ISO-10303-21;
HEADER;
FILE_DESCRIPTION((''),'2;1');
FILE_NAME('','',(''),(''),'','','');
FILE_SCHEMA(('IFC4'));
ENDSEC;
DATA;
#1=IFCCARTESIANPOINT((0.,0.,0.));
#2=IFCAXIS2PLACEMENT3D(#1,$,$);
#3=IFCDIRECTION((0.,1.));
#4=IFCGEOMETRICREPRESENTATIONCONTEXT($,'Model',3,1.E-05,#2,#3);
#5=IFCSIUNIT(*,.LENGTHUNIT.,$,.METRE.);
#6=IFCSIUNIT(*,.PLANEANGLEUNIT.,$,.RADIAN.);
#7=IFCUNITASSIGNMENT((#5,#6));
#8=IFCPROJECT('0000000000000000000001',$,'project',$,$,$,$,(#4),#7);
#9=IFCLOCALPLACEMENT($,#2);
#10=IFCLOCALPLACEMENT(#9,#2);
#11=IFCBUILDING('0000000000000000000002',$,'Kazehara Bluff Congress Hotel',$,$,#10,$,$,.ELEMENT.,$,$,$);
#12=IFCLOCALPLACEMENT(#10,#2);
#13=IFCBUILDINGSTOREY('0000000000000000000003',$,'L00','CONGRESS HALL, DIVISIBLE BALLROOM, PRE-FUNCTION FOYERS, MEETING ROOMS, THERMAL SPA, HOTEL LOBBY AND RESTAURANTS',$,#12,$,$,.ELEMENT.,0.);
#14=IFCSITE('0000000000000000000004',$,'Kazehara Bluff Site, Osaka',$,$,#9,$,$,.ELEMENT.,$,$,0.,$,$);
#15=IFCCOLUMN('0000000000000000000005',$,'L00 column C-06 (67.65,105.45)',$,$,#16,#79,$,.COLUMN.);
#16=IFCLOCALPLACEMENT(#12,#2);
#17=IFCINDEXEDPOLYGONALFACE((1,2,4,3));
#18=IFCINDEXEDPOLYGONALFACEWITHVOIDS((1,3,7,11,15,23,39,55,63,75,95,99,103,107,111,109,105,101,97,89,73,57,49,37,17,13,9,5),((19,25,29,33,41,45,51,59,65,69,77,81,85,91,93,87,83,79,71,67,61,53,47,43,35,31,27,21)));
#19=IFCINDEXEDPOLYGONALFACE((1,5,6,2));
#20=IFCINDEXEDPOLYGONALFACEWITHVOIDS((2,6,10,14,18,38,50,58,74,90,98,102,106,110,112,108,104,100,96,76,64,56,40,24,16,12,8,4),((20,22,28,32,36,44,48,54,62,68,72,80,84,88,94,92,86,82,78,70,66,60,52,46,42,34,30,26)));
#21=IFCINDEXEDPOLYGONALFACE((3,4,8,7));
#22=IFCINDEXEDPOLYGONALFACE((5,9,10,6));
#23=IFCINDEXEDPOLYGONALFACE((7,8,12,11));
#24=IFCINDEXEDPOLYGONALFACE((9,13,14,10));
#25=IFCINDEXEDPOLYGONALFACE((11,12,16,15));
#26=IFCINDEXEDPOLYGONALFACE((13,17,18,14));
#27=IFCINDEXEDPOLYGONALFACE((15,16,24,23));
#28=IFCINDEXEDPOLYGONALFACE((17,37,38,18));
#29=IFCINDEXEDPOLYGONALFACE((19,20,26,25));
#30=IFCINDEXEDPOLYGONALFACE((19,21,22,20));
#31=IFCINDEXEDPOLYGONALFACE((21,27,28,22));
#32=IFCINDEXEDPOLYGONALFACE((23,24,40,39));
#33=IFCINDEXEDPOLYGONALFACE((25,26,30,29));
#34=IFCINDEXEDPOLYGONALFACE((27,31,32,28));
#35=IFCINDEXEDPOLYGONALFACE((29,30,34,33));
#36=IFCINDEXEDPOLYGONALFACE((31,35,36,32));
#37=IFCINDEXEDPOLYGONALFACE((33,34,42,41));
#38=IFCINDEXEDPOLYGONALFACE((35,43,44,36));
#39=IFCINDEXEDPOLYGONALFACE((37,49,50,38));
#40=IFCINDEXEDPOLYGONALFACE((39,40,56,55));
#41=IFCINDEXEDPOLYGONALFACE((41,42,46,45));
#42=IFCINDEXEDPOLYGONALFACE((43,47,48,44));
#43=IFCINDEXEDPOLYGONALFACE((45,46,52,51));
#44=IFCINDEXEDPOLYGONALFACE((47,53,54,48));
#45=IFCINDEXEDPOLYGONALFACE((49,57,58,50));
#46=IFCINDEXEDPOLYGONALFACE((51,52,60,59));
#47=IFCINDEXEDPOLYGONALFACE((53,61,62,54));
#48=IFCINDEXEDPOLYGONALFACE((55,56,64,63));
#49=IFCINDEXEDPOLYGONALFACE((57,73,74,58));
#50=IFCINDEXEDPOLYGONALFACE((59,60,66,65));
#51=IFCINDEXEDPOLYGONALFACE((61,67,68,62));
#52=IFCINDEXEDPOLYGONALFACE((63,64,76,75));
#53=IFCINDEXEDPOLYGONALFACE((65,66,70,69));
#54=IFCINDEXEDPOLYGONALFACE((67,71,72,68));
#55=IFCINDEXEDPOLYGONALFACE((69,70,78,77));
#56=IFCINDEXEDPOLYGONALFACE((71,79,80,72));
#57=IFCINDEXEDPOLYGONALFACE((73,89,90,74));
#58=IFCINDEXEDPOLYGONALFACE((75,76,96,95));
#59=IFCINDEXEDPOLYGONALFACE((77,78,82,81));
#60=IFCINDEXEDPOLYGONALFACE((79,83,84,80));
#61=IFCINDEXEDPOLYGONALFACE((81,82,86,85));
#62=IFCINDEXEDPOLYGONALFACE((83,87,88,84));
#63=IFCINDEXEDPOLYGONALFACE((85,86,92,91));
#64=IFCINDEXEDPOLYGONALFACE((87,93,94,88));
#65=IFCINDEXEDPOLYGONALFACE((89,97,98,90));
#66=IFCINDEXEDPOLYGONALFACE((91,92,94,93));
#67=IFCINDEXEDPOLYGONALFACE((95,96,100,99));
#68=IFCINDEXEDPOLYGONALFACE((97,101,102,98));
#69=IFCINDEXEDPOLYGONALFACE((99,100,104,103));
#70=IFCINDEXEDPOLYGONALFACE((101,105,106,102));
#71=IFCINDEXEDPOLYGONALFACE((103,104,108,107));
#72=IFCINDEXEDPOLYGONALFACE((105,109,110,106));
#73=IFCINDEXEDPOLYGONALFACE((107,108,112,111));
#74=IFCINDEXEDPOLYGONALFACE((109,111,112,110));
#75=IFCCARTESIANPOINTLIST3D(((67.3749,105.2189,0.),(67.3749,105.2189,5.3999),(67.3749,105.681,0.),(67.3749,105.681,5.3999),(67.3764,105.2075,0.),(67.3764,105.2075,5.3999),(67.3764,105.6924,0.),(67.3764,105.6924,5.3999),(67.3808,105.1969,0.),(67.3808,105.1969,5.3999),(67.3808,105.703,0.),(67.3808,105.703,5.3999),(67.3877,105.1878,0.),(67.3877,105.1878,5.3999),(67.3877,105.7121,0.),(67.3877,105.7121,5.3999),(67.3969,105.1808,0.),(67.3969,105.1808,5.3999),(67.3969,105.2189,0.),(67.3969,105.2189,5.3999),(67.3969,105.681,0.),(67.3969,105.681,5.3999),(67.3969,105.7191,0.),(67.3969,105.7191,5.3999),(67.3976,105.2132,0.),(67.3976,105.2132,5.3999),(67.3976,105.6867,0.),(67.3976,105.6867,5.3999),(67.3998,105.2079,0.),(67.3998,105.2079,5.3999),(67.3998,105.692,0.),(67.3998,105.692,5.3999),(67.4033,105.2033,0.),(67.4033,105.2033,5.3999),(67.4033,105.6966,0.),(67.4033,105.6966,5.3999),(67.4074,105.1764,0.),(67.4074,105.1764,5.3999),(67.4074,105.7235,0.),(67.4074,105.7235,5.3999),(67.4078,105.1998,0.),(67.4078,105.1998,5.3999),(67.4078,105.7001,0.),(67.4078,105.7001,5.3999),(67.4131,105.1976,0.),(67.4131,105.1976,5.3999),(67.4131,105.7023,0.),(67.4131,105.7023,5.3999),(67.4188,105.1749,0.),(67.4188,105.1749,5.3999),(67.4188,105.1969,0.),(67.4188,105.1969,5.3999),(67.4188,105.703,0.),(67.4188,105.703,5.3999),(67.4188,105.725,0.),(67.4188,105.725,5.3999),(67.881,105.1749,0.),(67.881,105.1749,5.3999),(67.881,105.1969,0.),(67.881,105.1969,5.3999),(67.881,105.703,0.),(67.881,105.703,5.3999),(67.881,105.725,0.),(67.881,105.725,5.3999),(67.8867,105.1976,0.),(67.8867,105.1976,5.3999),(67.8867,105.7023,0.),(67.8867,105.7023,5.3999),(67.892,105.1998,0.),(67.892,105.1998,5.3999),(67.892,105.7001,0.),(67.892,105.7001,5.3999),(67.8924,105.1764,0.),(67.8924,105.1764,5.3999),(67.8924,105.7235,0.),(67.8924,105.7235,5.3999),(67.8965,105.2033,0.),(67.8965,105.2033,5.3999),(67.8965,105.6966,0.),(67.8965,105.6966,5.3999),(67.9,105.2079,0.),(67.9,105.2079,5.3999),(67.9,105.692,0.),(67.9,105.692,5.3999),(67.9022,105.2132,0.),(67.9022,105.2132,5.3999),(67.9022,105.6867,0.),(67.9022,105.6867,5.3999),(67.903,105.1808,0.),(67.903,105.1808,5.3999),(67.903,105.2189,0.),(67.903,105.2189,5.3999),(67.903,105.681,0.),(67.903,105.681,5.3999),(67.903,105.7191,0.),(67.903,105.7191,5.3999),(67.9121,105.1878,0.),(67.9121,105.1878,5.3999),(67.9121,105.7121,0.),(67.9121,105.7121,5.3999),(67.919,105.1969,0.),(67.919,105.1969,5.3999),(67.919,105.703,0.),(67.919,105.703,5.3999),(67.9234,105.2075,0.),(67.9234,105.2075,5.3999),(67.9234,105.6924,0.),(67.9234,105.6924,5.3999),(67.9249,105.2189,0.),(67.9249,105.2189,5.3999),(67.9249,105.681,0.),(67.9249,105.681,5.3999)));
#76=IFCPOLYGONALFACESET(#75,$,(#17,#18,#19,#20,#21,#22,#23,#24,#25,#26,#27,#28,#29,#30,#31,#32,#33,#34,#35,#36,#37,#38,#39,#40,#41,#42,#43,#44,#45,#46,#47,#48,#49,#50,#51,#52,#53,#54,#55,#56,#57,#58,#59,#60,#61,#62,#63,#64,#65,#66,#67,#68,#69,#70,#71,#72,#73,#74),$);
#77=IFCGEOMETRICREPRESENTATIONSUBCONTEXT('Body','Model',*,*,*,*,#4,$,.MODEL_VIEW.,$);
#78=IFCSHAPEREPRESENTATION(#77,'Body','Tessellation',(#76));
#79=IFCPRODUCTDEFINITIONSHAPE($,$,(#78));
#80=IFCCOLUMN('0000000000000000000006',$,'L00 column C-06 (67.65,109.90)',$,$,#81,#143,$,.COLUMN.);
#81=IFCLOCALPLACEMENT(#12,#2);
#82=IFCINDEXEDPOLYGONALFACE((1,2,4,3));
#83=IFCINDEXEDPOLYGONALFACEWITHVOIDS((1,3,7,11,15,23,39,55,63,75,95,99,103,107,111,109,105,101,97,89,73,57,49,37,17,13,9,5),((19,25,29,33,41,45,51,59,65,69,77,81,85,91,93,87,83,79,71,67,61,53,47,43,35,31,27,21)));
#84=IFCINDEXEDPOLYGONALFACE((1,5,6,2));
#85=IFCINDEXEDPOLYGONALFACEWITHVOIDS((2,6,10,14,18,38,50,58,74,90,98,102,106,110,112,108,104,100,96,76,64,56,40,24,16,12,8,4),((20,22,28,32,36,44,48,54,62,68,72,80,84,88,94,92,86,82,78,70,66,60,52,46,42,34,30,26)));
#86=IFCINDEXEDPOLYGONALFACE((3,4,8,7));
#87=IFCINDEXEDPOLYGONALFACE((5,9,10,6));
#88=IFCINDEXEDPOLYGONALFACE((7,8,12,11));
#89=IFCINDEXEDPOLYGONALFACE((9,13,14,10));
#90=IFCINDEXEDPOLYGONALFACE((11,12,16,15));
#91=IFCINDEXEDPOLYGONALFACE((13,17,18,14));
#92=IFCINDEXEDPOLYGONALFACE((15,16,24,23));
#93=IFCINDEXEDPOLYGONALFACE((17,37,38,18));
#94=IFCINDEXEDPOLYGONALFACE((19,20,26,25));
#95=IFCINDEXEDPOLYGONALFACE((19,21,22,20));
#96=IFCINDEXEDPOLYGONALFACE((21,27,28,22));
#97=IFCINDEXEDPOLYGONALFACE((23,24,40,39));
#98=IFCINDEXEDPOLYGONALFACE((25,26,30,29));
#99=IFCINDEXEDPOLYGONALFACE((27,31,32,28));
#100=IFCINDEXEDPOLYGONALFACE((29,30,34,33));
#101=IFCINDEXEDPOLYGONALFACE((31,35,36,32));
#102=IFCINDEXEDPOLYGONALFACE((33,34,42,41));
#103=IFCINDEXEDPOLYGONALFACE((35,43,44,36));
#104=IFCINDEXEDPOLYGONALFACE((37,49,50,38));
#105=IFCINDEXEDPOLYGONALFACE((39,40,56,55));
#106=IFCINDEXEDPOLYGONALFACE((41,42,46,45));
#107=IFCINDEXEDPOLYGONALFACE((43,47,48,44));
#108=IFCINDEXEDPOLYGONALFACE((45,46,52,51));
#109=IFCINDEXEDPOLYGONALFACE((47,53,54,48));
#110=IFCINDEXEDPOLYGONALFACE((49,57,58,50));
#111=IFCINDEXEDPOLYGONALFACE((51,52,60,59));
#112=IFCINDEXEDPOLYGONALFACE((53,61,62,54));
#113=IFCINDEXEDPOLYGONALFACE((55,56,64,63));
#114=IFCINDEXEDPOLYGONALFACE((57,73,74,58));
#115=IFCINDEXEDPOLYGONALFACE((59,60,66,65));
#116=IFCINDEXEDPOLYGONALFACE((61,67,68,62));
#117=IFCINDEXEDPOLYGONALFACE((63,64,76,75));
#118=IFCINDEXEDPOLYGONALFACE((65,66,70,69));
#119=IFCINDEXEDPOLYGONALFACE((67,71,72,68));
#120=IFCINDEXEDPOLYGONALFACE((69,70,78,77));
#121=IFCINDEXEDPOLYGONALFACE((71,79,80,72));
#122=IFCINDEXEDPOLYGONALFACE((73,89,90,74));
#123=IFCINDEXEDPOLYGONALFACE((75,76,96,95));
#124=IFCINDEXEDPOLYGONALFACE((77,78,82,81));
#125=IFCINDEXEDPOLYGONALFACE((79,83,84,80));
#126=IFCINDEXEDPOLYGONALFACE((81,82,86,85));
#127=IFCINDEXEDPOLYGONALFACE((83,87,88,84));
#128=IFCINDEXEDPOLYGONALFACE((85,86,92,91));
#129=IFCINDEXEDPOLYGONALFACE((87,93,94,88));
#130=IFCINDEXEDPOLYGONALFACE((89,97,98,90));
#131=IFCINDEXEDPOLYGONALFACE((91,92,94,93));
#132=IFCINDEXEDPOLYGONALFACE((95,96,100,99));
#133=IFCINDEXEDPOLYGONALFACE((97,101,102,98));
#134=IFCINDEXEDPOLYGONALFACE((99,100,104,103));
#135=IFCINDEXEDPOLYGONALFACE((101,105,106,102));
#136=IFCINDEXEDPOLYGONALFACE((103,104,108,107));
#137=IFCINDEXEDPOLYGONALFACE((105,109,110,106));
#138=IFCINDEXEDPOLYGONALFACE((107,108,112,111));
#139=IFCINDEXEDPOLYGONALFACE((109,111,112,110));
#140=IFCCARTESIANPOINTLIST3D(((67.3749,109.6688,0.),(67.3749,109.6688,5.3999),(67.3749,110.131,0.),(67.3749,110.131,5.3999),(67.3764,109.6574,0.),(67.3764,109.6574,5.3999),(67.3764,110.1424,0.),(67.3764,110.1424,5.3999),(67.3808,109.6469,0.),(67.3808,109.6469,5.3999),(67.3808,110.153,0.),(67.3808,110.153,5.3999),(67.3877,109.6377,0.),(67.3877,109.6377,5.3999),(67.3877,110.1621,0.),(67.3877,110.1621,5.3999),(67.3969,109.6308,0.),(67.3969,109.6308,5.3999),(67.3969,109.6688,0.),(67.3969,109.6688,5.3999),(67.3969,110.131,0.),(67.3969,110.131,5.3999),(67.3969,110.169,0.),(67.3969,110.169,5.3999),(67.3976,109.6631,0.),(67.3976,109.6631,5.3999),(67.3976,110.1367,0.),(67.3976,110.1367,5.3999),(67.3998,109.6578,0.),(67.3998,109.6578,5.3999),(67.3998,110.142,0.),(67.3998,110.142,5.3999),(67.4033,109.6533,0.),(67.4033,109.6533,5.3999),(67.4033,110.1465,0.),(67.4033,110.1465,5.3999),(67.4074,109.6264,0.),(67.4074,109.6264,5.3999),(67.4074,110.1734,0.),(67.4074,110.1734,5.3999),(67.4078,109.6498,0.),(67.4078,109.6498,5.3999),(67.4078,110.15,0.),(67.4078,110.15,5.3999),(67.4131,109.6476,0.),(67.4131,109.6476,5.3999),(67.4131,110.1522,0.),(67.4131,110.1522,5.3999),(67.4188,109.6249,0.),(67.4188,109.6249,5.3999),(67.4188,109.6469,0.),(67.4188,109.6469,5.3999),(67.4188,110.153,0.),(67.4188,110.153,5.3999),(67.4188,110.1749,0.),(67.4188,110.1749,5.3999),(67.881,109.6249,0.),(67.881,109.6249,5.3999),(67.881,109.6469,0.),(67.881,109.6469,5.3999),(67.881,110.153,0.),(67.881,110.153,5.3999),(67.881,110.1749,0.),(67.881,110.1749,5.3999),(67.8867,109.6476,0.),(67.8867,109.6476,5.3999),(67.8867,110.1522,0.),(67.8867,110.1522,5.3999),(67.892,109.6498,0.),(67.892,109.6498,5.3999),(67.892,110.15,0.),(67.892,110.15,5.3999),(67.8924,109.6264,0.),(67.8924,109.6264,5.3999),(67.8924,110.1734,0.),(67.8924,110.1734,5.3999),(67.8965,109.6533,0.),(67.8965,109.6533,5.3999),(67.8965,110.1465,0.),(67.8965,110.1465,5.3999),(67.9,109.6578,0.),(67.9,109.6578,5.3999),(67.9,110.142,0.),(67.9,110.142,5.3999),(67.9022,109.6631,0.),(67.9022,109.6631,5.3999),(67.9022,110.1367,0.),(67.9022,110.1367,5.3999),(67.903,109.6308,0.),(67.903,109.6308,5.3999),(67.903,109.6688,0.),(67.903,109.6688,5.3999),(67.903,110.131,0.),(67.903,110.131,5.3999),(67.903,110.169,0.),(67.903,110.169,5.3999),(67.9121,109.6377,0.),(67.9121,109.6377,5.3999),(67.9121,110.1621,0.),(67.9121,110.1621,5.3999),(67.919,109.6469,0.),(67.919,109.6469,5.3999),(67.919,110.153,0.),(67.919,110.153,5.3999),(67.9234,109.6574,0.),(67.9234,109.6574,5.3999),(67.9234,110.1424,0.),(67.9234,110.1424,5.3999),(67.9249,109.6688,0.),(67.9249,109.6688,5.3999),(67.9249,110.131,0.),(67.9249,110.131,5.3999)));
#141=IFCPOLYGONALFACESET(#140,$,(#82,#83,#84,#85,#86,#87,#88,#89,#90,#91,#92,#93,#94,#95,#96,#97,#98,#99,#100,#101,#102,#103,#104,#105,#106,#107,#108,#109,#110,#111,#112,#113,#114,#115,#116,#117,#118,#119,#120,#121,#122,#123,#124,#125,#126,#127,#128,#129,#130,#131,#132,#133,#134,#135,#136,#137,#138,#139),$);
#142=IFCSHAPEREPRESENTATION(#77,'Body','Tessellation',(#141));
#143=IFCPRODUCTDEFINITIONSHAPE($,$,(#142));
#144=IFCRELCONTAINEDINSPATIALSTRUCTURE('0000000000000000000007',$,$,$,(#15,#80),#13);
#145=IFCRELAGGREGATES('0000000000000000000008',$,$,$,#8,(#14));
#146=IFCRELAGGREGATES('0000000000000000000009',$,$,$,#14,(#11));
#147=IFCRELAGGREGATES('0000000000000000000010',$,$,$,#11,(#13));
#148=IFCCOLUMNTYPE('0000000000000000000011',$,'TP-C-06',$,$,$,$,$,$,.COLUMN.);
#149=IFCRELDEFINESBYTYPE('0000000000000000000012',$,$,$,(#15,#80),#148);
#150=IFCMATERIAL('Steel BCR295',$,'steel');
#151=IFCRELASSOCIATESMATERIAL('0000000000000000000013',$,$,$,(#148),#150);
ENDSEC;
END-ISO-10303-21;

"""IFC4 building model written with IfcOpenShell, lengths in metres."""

from ifc_helpers import new_model, si_unit, direction, frame, origin, origin_2d, place, context, subcontext, project, spatial, hollow_rectangle, extrude, material, material_profile, profile_set, type_object, element, save


model = new_model("IFC4")

# Units and contexts
model_context = context("Model", 3, precision=1e-05, world=origin(), true_north=direction((0.0, 1.0)))
body_context = subcontext(model_context, "Body", "Model", "MODEL_VIEW")
ifc_project = project(units=[si_unit("LENGTHUNIT", "METRE"), si_unit("PLANEANGLEUNIT", "RADIAN")], contexts=[model_context])

# Site, building, storey
site_placement = place(None, origin())
site = spatial("IfcSite", under=ifc_project, at=site_placement, Name="Kazehara Bluff Site, Osaka", CompositionType="ELEMENT", RefElevation=0.0)
building_placement = place(site_placement, origin())
building = spatial("IfcBuilding", under=site, at=building_placement, Name="Kazehara Bluff Congress Hotel", CompositionType="ELEMENT")
storey_placement = place(building_placement, origin())
storey = spatial("IfcBuildingStorey", under=building, at=storey_placement, Name="L00", Description="CONGRESS HALL, DIVISIBLE BALLROOM, PRE-FUNCTION FOYERS, MEETING ROOMS, THERMAL SPA, HOTEL LOBBY AND RESTAURANTS", CompositionType="ELEMENT", Elevation=0.0)

# Columns
ifc_material_1 = material(Name="Steel BCR295", Category="steel")
ifc_material_profile_1 = material_profile(ifc_material_1, hollow_rectangle(XDim=0.55, YDim=0.55, WallThickness=0.022, InnerFilletRadius=0.022, OuterFilletRadius=0.0439, at=origin_2d()))
ifc_profile_set_1 = profile_set([ifc_material_profile_1], Name="Steel BCR295")
column_type = type_object("IfcColumnType", Name="TP-C-06", PredefinedType="COLUMN", material=ifc_profile_set_1)
for number, where, z_axis, x_axis, name in (
    (1, (67.6499, 105.45, 0.0), (0.0, 0.0, 1.0), (1.0, 0.0, 0.0), "L00 column C-06 (67.65,105.45)"),
    (2, (67.6499, 109.8999, 0.0), (0.0, 0.0, 1.0), (1.0, 0.0, 0.0), "L00 column C-06 (67.65,109.90)"),
):
    element("IfcColumn", number, at=place(storey_placement, frame(where, z_axis=z_axis, x_axis=x_axis)), inside=storey, type_object=column_type, Name=name, PredefinedType="COLUMN", context=body_context, shape_type="SweptSolid", body=[
        extrude(hollow_rectangle(XDim=0.55, YDim=0.55, WallThickness=0.022, InnerFilletRadius=0.022, OuterFilletRadius=0.0439, at=origin_2d()), origin(), (0.0, 0.0, 1.0), 5.3999),
    ])

save(model, "model.ifc")
